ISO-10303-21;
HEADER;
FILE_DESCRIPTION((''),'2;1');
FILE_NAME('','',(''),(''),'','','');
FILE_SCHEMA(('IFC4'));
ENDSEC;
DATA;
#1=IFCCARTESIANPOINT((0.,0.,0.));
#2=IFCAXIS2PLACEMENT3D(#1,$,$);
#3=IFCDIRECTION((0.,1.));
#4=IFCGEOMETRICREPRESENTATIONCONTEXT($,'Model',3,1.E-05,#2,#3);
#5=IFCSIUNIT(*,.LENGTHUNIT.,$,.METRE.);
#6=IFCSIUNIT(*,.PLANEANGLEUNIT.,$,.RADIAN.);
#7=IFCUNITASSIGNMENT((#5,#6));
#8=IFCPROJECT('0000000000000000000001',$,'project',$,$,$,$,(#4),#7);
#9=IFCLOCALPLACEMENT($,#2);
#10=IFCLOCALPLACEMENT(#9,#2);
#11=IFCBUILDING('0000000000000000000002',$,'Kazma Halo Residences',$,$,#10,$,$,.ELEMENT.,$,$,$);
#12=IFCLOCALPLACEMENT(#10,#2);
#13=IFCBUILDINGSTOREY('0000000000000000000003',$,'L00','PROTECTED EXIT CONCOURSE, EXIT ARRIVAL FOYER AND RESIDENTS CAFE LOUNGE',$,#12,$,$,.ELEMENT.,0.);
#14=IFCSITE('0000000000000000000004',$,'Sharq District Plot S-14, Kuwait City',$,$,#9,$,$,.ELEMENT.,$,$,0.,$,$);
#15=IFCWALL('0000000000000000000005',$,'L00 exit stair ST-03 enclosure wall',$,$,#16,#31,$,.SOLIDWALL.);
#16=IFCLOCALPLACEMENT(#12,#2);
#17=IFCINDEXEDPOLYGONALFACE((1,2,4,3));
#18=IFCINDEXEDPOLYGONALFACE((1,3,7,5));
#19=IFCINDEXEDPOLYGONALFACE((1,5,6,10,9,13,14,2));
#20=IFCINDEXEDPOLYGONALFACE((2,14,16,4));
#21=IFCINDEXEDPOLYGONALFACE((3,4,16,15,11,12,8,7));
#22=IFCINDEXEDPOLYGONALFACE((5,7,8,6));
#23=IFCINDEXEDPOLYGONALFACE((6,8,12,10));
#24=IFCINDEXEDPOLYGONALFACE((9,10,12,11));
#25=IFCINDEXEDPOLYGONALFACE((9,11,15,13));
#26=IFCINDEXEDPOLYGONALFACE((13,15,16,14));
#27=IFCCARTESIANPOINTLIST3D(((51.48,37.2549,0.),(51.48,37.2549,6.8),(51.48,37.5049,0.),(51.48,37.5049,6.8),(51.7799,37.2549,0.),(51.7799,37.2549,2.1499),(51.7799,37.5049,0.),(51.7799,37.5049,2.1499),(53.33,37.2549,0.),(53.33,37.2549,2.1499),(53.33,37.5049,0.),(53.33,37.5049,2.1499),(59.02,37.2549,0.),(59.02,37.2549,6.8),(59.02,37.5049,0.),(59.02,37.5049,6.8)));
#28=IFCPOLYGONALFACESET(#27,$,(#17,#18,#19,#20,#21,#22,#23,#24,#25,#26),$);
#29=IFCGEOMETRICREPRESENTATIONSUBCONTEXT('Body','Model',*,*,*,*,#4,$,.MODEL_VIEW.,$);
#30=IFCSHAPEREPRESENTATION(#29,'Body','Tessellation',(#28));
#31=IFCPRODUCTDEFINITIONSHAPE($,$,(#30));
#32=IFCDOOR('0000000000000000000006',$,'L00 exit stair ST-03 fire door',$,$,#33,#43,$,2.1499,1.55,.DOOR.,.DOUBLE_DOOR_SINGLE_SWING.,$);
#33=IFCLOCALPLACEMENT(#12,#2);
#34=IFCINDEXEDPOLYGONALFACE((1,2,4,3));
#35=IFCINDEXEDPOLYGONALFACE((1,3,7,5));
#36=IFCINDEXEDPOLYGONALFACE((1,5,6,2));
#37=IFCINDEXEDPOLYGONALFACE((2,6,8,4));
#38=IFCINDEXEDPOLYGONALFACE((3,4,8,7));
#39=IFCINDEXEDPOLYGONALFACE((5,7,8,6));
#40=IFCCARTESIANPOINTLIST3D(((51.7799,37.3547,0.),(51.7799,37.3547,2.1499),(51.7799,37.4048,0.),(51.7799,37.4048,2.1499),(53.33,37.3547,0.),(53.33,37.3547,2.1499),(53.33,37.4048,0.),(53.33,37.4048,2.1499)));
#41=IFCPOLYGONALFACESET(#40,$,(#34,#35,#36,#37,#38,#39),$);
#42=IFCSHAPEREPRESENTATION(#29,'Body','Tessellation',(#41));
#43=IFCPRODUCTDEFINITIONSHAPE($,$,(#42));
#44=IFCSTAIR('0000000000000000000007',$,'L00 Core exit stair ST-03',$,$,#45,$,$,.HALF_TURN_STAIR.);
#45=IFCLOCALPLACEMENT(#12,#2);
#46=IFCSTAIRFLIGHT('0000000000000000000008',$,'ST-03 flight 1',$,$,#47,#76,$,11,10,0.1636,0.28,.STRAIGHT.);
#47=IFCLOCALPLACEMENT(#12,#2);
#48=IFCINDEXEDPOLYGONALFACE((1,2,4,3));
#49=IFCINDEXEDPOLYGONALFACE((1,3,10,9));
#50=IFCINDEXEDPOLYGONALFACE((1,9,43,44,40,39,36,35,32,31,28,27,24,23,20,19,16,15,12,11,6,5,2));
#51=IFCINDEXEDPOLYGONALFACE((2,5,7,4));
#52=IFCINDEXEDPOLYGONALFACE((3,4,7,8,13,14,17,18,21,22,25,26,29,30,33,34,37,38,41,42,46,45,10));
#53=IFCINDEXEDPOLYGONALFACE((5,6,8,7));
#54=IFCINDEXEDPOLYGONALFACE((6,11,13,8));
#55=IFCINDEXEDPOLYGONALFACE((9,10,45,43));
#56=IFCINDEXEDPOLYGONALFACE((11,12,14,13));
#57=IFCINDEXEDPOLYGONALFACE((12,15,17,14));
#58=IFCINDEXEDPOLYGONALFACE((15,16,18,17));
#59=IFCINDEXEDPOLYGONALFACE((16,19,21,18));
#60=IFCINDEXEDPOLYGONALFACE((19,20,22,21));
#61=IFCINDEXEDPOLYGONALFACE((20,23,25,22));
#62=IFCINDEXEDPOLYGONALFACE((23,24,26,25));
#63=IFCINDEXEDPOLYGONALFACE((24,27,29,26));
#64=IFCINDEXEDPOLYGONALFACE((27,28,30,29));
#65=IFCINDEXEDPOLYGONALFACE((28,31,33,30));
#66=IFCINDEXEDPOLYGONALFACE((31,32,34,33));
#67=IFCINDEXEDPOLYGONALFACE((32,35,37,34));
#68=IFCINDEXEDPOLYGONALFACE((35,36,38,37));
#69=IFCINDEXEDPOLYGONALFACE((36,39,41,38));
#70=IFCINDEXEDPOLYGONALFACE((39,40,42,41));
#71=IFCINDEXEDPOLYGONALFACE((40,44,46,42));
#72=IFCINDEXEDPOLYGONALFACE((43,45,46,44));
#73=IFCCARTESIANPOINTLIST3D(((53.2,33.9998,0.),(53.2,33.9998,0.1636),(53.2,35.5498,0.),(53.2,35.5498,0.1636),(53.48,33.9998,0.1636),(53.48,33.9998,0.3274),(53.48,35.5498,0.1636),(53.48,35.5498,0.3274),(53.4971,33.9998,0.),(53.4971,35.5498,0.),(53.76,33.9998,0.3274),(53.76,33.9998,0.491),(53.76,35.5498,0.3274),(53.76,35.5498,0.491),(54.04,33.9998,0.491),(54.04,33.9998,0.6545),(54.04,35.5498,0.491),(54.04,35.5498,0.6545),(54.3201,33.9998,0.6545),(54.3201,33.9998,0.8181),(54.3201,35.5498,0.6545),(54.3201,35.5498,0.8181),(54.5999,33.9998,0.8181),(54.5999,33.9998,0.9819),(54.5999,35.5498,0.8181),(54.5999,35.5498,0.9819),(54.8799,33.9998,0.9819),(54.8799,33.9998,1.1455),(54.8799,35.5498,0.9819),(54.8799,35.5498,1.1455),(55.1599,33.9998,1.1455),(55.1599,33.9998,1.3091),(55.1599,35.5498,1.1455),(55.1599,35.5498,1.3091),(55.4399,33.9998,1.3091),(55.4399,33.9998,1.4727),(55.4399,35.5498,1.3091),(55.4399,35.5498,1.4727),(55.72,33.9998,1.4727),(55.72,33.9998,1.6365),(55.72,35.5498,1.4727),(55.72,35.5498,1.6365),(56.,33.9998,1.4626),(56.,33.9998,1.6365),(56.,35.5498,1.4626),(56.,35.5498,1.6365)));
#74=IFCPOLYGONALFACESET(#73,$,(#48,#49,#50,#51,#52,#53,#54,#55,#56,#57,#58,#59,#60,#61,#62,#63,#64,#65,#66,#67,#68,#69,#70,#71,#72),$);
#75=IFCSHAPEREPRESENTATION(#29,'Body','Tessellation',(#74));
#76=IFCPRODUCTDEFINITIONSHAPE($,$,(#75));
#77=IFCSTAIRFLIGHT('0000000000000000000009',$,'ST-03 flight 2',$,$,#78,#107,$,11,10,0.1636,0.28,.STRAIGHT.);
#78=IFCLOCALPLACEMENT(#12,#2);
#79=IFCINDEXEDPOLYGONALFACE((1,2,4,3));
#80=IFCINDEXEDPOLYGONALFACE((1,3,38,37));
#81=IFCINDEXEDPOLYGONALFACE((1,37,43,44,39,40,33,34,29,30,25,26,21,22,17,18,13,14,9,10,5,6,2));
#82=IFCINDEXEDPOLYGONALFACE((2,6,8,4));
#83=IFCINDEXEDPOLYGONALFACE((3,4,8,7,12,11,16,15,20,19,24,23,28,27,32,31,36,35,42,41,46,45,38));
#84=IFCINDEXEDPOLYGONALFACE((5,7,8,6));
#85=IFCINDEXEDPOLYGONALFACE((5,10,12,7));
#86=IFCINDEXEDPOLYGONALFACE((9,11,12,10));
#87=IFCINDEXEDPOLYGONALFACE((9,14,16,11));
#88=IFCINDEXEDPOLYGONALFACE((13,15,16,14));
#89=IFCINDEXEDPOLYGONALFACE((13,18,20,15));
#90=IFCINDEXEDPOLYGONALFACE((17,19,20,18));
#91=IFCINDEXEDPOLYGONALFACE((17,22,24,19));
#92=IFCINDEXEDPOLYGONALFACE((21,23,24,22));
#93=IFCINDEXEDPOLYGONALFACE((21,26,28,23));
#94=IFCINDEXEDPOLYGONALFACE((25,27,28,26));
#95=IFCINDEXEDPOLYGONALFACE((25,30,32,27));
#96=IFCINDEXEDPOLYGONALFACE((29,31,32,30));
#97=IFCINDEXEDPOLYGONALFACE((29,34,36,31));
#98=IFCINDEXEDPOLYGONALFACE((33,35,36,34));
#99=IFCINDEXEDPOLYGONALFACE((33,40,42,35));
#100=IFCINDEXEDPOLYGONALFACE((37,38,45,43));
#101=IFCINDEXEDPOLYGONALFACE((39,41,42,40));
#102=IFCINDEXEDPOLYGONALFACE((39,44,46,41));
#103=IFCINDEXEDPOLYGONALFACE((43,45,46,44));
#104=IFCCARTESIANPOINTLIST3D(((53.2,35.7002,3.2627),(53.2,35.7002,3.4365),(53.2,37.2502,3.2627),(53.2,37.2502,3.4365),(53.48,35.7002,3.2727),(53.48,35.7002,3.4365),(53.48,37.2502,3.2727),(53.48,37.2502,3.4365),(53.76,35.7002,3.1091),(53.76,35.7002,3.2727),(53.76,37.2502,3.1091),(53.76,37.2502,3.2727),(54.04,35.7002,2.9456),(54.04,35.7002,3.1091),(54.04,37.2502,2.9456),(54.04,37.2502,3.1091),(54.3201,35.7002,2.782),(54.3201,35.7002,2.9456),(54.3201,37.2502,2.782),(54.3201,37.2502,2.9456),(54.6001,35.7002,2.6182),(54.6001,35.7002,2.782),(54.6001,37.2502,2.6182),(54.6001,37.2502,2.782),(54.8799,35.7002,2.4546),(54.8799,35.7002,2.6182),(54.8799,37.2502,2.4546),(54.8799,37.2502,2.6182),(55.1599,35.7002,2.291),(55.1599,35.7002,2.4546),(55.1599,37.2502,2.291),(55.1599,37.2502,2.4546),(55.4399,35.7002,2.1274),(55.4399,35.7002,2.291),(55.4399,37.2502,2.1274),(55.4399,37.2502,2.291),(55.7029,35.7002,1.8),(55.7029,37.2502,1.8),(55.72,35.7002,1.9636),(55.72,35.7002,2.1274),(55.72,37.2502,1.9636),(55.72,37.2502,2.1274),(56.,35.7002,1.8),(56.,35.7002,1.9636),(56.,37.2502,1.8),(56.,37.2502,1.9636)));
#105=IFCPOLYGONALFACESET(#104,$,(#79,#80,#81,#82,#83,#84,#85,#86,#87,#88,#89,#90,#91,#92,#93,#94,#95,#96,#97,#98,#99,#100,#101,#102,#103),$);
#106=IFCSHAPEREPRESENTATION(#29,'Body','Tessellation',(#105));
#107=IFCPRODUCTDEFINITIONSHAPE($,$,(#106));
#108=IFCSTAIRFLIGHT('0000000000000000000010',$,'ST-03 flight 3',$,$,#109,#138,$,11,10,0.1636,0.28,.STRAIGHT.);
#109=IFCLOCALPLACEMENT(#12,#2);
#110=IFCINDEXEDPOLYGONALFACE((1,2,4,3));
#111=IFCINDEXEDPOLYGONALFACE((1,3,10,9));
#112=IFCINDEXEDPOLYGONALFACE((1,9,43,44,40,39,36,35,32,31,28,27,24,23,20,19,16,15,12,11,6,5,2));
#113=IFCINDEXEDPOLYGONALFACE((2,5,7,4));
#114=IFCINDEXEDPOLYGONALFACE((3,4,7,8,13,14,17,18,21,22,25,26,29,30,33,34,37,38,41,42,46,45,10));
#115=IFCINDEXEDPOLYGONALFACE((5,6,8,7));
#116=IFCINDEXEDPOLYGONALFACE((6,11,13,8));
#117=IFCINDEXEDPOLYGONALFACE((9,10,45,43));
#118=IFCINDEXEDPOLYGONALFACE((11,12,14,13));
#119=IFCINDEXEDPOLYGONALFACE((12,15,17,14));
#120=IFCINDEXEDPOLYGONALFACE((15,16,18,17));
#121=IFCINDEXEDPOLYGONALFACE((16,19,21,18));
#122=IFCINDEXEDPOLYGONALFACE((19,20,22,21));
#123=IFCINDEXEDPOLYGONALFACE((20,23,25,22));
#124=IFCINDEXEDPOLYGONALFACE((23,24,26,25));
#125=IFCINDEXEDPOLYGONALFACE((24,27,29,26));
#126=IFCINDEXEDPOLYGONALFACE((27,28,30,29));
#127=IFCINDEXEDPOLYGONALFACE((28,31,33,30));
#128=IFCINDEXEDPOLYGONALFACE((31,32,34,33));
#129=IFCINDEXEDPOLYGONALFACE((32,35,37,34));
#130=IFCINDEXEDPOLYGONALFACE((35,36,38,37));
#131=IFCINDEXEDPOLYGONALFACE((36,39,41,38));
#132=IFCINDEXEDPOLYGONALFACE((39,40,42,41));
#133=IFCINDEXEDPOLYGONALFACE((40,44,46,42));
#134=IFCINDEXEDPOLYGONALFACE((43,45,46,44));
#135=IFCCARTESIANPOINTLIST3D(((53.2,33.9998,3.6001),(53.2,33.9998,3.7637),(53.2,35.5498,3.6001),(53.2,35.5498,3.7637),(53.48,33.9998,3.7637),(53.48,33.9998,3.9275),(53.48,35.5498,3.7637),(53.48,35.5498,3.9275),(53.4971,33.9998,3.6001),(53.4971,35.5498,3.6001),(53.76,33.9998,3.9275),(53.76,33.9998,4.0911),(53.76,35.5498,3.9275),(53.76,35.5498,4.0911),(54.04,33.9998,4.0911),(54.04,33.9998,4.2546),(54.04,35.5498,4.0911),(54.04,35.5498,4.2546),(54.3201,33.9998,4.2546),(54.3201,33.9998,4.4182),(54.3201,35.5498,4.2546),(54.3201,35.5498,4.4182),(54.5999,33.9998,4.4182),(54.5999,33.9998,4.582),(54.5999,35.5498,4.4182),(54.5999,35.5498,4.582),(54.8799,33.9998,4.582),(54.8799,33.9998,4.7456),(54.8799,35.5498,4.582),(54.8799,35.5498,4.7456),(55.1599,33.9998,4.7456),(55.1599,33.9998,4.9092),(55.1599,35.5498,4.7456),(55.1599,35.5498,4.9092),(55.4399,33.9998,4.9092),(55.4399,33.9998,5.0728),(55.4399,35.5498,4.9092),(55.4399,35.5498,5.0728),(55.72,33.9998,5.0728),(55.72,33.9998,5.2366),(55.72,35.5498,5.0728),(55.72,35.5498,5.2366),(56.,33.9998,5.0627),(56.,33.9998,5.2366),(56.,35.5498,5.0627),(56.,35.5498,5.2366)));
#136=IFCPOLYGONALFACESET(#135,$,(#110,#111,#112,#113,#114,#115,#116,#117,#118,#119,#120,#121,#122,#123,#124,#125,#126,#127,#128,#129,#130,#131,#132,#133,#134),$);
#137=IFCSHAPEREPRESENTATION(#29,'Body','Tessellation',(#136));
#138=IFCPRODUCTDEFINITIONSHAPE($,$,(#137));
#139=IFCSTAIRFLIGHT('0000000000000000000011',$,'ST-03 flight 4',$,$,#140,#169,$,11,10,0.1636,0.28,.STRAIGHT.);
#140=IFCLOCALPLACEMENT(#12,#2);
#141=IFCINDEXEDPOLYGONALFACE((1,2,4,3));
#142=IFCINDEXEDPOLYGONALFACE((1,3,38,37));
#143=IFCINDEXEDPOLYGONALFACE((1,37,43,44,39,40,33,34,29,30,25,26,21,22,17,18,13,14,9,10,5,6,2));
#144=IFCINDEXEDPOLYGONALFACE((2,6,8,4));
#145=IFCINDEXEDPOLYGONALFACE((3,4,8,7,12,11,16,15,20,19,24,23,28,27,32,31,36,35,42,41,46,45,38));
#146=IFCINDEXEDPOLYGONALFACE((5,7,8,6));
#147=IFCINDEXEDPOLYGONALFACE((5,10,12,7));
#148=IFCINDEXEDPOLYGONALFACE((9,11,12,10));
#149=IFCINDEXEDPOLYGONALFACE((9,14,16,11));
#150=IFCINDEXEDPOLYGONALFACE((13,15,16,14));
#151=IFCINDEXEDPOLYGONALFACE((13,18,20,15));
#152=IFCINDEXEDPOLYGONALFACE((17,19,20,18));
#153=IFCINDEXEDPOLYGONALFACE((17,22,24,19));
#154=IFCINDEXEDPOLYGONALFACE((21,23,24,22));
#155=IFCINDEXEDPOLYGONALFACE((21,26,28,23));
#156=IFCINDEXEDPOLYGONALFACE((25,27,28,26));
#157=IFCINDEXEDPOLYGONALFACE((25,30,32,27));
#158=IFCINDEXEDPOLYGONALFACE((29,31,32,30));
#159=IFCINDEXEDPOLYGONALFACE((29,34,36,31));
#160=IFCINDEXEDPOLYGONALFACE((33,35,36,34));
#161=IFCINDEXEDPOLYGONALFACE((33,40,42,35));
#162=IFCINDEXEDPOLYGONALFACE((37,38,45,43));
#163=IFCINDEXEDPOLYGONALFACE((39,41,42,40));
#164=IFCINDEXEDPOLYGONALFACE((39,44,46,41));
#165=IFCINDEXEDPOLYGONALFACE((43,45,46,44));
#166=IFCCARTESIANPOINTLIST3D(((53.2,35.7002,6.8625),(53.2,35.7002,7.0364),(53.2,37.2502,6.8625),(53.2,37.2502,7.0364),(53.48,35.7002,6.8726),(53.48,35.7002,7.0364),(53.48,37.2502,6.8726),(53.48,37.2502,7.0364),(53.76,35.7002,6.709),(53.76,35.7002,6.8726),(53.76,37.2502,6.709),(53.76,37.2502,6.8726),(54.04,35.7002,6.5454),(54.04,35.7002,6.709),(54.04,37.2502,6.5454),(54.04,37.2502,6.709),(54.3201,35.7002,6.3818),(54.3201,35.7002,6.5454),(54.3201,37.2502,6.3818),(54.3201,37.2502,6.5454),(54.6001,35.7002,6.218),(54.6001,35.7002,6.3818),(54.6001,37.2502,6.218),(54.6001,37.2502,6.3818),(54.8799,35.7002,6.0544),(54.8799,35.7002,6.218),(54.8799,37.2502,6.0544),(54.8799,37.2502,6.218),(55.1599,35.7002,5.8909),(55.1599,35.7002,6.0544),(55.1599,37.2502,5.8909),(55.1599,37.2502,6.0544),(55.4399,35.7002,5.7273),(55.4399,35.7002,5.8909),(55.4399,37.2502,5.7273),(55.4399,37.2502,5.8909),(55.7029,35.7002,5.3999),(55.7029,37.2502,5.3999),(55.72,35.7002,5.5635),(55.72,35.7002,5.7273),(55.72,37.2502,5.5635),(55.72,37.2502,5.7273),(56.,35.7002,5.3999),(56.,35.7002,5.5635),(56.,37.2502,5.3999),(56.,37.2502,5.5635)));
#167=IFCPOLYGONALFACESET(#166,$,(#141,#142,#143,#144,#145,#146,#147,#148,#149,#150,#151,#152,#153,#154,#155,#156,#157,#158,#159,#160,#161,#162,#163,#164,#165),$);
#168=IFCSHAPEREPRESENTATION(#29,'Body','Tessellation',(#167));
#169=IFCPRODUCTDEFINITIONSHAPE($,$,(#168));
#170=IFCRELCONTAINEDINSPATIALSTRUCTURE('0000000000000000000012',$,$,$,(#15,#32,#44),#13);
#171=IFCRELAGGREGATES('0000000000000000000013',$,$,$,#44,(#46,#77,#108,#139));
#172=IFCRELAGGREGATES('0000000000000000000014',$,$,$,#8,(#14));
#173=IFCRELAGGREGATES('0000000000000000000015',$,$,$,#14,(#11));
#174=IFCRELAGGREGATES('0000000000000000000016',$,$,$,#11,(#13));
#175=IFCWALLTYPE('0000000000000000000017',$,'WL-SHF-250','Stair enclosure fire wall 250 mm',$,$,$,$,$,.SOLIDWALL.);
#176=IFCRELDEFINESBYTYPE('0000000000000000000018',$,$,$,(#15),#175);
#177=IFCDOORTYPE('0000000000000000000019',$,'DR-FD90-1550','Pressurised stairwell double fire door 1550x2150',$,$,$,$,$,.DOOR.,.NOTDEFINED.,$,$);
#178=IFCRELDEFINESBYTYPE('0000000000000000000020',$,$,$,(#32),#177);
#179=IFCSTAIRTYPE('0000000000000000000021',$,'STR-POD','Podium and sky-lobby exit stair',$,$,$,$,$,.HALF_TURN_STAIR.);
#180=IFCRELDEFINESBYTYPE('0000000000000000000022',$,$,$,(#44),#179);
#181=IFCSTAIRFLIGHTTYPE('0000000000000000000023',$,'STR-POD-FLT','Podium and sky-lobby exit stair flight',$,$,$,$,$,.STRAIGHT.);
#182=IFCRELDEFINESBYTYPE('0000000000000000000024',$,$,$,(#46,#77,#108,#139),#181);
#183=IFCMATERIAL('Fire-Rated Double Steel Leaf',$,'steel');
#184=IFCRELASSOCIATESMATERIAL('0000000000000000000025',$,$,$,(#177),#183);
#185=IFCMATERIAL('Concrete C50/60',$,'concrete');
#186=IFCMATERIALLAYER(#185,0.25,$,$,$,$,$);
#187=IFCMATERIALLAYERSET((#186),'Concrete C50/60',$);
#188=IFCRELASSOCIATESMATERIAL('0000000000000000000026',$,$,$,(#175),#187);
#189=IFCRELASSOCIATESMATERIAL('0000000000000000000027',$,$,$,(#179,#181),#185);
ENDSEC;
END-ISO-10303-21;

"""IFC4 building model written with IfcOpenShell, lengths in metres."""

from ifc_helpers import new_model, si_unit, direction, frame, frame_2d, origin, place, context, subcontext, project, spatial, polyline, rectangle, outline, extrude, material, layer, layer_set, type_object, element, fill, aggregate, save


model = new_model("IFC4")

# Units and contexts
model_context = context("Model", 3, precision=1e-05, world=origin(), true_north=direction((0.0, 1.0)))
body_context = subcontext(model_context, "Body", "Model", "MODEL_VIEW")
ifc_project = project(units=[si_unit("LENGTHUNIT", "METRE"), si_unit("PLANEANGLEUNIT", "RADIAN")], contexts=[model_context])

# Site, building, storey
site_placement = place(None, origin())
site = spatial("IfcSite", under=ifc_project, at=site_placement, Name="Sharq District Plot S-14, Kuwait City", CompositionType="ELEMENT", RefElevation=0.0)
building_placement = place(site_placement, origin())
building = spatial("IfcBuilding", under=site, at=building_placement, Name="Kazma Halo Residences", CompositionType="ELEMENT")
storey_placement = place(building_placement, origin())
storey = spatial("IfcBuildingStorey", under=building, at=storey_placement, Name="L00", Description="PROTECTED EXIT CONCOURSE, EXIT ARRIVAL FOYER AND RESIDENTS CAFE LOUNGE", CompositionType="ELEMENT", Elevation=0.0)

# Shared definitions
ifc_material_1 = material(Name="Fire-Rated Double Steel Leaf", Category="steel")
door_type_1 = type_object("IfcDoorType", Name="DR-FD90-1550", Description="Pressurised stairwell double fire door 1550x2150", OperationType="NOTDEFINED", PredefinedType="DOOR", material=ifc_material_1)

# Wall, opening, door
ifc_material_2 = material(Name="Concrete C50/60", Category="concrete")
ifc_layer_1 = layer(ifc_material_2, 0.25)
ifc_layer_set_1 = layer_set([ifc_layer_1], Name="Concrete C50/60")
wall_type_1 = type_object("IfcWallType", Name="WL-SHF-250", Description="Stair enclosure fire wall 250 mm", PredefinedType="SOLIDWALL", material=ifc_layer_set_1)
wall_1_placement = place(storey_placement, frame((51.48, 37.3799, 0.0), z_axis=(0.0, 0.0, 1.0), x_axis=(1.0, 0.0, 0.0)))
wall_1 = element("IfcWall", 1, at=wall_1_placement, inside=storey, type_object=wall_type_1, Name="L00 exit stair ST-03 enclosure wall", PredefinedType="SOLIDWALL", context=body_context, shape_type="SweptSolid", body=[
    extrude(rectangle(XDim=7.54, YDim=0.25, at=frame_2d((3.77, 0.0))), origin(), (0.0, 0.0, 1.0), 6.8),
])
opening_1_placement = place(wall_1_placement, frame((0.3, 0.0, 0.0)))
opening_1 = element("IfcOpeningElement", 2, at=opening_1_placement, cuts=wall_1, PredefinedType="OPENING", context=body_context, shape_type="SweptSolid", body=[
    extrude(rectangle(XDim=1.55, YDim=2.1499, at=frame_2d((0.7749, 1.075))), frame((0.0, 0.135, 0.0), z_axis=(0.0, -1.0, 0.0), x_axis=(1.0, 0.0, 0.0)), (0.0, 0.0, 1.0), 0.27),
])
door_1_placement = place(opening_1_placement, origin())
door_1 = element("IfcDoor", 3, at=door_1_placement, inside=storey, type_object=door_type_1, Name="L00 exit stair ST-03 fire door", OperationType="DOUBLE_DOOR_SINGLE_SWING", OverallHeight=2.1499, OverallWidth=1.55, PredefinedType="DOOR", context=body_context, shape_type="SweptSolid", body=[
    extrude(rectangle(XDim=1.55, YDim=2.1499, at=frame_2d((0.7749, 1.075))), frame((0.0, 0.0249, 0.0), z_axis=(0.0, -1.0, 0.0), x_axis=(1.0, 0.0, 0.0)), (0.0, 0.0, 1.0), 0.05),
])
fill(opening_1, door_1)

# Stair, stair flights
stair_type = type_object("IfcStairType", Name="STR-POD", Description="Podium and sky-lobby exit stair", PredefinedType="HALF_TURN_STAIR", material=ifc_material_2)
stair_placement = place(storey_placement, origin())
stair = element("IfcStair", 4, at=stair_placement, inside=storey, type_object=stair_type, Name="L00 Core exit stair ST-03", PredefinedType="HALF_TURN_STAIR")
stair_flight_type = type_object("IfcStairFlightType", Name="STR-POD-FLT", Description="Podium and sky-lobby exit stair flight", PredefinedType="STRAIGHT", material=ifc_material_2)
stair_flight_1_placement = place(storey_placement, frame((53.2, 34.7749, 0.0), z_axis=(0.0, 0.0, 1.0), x_axis=(1.0, 0.0, 0.0)))
stair_flight_1 = element("IfcStairFlight", 5, at=stair_flight_1_placement, type_object=stair_flight_type, Name="ST-03 flight 1", NumberOfRisers=11, NumberOfTreads=10, PredefinedType="STRAIGHT", RiserHeight=0.1636, TreadLength=0.28, context=body_context, shape_type="SweptSolid", body=[
    extrude(outline(polyline([(0.0, 0.0), (0.0, 0.1636), (0.28, 0.1636), (0.28, 0.3274), (0.5601, 0.3274), (0.5601, 0.491), (0.8401, 0.491), (0.8401, 0.6545), (1.1201, 0.6545), (1.1201, 0.8181), (1.3999, 0.8181), (1.3999, 0.9819), (1.6799, 0.9819), (1.6799, 1.1455), (1.96, 1.1455), (1.96, 1.3091), (2.24, 1.3091), (2.24, 1.4727), (2.52, 1.4727), (2.52, 1.6365), (2.8, 1.6365), (2.8, 1.8), (2.8, 1.4626), (0.2971, 0.0), (0.0, 0.0)])), frame((0.0, 0.7749, 0.0), z_axis=(0.0, -1.0, 0.0), x_axis=(1.0, 0.0, 0.0)), (0.0, 0.0, 1.0), 1.55),
])
stair_flight_2_placement = place(storey_placement, frame((56.0, 36.4751, 1.8), z_axis=(0.0, 0.0, 1.0), x_axis=(-1.0, 0.0, 0.0)))
stair_flight_2 = element("IfcStairFlight", 6, at=stair_flight_2_placement, type_object=stair_flight_type, Name="ST-03 flight 2", NumberOfRisers=11, NumberOfTreads=10, PredefinedType="STRAIGHT", RiserHeight=0.1636, TreadLength=0.28, context=body_context, shape_type="SweptSolid", body=[
    extrude(outline(polyline([(0.0, 0.0), (0.0, 0.1636), (0.28, 0.1636), (0.28, 0.3274), (0.5601, 0.3274), (0.5601, 0.491), (0.8401, 0.491), (0.8401, 0.6545), (1.1201, 0.6545), (1.1201, 0.8181), (1.3999, 0.8181), (1.3999, 0.9819), (1.6799, 0.9819), (1.6799, 1.1455), (1.96, 1.1455), (1.96, 1.3091), (2.24, 1.3091), (2.24, 1.4727), (2.52, 1.4727), (2.52, 1.6365), (2.8, 1.6365), (2.8, 1.8), (2.8, 1.4626), (0.2971, 0.0), (0.0, 0.0)])), frame((0.0, 0.7749, 0.0), z_axis=(0.0, -1.0, 0.0), x_axis=(1.0, 0.0, 0.0)), (0.0, 0.0, 1.0), 1.55),
])
stair_flight_3_placement = place(storey_placement, frame((53.2, 34.7749, 3.6001), z_axis=(0.0, 0.0, 1.0), x_axis=(1.0, 0.0, 0.0)))
stair_flight_3 = element("IfcStairFlight", 7, at=stair_flight_3_placement, type_object=stair_flight_type, Name="ST-03 flight 3", NumberOfRisers=11, NumberOfTreads=10, PredefinedType="STRAIGHT", RiserHeight=0.1636, TreadLength=0.28, context=body_context, shape_type="SweptSolid", body=[
    extrude(outline(polyline([(0.0, 0.0), (0.0, 0.1636), (0.28, 0.1636), (0.28, 0.3274), (0.5601, 0.3274), (0.5601, 0.491), (0.8401, 0.491), (0.8401, 0.6545), (1.1201, 0.6545), (1.1201, 0.8181), (1.3999, 0.8181), (1.3999, 0.9819), (1.6799, 0.9819), (1.6799, 1.1455), (1.96, 1.1455), (1.96, 1.3091), (2.24, 1.3091), (2.24, 1.4727), (2.52, 1.4727), (2.52, 1.6365), (2.8, 1.6365), (2.8, 1.8), (2.8, 1.4626), (0.2971, 0.0), (0.0, 0.0)])), frame((0.0, 0.7749, 0.0), z_axis=(0.0, -1.0, 0.0), x_axis=(1.0, 0.0, 0.0)), (0.0, 0.0, 1.0), 1.55),
])
stair_flight_4_placement = place(storey_placement, frame((56.0, 36.4751, 5.3999), z_axis=(0.0, 0.0, 1.0), x_axis=(-1.0, 0.0, 0.0)))
stair_flight_4 = element("IfcStairFlight", 8, at=stair_flight_4_placement, type_object=stair_flight_type, Name="ST-03 flight 4", NumberOfRisers=11, NumberOfTreads=10, PredefinedType="STRAIGHT", RiserHeight=0.1636, TreadLength=0.28, context=body_context, shape_type="SweptSolid", body=[
    extrude(outline(polyline([(0.0, 0.0), (0.0, 0.1636), (0.28, 0.1636), (0.28, 0.3274), (0.5601, 0.3274), (0.5601, 0.491), (0.8401, 0.491), (0.8401, 0.6545), (1.1201, 0.6545), (1.1201, 0.8181), (1.3999, 0.8181), (1.3999, 0.9819), (1.6799, 0.9819), (1.6799, 1.1455), (1.96, 1.1455), (1.96, 1.3091), (2.24, 1.3091), (2.24, 1.4727), (2.52, 1.4727), (2.52, 1.6365), (2.8, 1.6365), (2.8, 1.8), (2.8, 1.4626), (0.2971, 0.0), (0.0, 0.0)])), frame((0.0, 0.7749, 0.0), z_axis=(0.0, -1.0, 0.0), x_axis=(1.0, 0.0, 0.0)), (0.0, 0.0, 1.0), 1.55),
])
aggregate(stair, [stair_flight_1, stair_flight_2, stair_flight_3, stair_flight_4])

save(model, "model.ifc")
